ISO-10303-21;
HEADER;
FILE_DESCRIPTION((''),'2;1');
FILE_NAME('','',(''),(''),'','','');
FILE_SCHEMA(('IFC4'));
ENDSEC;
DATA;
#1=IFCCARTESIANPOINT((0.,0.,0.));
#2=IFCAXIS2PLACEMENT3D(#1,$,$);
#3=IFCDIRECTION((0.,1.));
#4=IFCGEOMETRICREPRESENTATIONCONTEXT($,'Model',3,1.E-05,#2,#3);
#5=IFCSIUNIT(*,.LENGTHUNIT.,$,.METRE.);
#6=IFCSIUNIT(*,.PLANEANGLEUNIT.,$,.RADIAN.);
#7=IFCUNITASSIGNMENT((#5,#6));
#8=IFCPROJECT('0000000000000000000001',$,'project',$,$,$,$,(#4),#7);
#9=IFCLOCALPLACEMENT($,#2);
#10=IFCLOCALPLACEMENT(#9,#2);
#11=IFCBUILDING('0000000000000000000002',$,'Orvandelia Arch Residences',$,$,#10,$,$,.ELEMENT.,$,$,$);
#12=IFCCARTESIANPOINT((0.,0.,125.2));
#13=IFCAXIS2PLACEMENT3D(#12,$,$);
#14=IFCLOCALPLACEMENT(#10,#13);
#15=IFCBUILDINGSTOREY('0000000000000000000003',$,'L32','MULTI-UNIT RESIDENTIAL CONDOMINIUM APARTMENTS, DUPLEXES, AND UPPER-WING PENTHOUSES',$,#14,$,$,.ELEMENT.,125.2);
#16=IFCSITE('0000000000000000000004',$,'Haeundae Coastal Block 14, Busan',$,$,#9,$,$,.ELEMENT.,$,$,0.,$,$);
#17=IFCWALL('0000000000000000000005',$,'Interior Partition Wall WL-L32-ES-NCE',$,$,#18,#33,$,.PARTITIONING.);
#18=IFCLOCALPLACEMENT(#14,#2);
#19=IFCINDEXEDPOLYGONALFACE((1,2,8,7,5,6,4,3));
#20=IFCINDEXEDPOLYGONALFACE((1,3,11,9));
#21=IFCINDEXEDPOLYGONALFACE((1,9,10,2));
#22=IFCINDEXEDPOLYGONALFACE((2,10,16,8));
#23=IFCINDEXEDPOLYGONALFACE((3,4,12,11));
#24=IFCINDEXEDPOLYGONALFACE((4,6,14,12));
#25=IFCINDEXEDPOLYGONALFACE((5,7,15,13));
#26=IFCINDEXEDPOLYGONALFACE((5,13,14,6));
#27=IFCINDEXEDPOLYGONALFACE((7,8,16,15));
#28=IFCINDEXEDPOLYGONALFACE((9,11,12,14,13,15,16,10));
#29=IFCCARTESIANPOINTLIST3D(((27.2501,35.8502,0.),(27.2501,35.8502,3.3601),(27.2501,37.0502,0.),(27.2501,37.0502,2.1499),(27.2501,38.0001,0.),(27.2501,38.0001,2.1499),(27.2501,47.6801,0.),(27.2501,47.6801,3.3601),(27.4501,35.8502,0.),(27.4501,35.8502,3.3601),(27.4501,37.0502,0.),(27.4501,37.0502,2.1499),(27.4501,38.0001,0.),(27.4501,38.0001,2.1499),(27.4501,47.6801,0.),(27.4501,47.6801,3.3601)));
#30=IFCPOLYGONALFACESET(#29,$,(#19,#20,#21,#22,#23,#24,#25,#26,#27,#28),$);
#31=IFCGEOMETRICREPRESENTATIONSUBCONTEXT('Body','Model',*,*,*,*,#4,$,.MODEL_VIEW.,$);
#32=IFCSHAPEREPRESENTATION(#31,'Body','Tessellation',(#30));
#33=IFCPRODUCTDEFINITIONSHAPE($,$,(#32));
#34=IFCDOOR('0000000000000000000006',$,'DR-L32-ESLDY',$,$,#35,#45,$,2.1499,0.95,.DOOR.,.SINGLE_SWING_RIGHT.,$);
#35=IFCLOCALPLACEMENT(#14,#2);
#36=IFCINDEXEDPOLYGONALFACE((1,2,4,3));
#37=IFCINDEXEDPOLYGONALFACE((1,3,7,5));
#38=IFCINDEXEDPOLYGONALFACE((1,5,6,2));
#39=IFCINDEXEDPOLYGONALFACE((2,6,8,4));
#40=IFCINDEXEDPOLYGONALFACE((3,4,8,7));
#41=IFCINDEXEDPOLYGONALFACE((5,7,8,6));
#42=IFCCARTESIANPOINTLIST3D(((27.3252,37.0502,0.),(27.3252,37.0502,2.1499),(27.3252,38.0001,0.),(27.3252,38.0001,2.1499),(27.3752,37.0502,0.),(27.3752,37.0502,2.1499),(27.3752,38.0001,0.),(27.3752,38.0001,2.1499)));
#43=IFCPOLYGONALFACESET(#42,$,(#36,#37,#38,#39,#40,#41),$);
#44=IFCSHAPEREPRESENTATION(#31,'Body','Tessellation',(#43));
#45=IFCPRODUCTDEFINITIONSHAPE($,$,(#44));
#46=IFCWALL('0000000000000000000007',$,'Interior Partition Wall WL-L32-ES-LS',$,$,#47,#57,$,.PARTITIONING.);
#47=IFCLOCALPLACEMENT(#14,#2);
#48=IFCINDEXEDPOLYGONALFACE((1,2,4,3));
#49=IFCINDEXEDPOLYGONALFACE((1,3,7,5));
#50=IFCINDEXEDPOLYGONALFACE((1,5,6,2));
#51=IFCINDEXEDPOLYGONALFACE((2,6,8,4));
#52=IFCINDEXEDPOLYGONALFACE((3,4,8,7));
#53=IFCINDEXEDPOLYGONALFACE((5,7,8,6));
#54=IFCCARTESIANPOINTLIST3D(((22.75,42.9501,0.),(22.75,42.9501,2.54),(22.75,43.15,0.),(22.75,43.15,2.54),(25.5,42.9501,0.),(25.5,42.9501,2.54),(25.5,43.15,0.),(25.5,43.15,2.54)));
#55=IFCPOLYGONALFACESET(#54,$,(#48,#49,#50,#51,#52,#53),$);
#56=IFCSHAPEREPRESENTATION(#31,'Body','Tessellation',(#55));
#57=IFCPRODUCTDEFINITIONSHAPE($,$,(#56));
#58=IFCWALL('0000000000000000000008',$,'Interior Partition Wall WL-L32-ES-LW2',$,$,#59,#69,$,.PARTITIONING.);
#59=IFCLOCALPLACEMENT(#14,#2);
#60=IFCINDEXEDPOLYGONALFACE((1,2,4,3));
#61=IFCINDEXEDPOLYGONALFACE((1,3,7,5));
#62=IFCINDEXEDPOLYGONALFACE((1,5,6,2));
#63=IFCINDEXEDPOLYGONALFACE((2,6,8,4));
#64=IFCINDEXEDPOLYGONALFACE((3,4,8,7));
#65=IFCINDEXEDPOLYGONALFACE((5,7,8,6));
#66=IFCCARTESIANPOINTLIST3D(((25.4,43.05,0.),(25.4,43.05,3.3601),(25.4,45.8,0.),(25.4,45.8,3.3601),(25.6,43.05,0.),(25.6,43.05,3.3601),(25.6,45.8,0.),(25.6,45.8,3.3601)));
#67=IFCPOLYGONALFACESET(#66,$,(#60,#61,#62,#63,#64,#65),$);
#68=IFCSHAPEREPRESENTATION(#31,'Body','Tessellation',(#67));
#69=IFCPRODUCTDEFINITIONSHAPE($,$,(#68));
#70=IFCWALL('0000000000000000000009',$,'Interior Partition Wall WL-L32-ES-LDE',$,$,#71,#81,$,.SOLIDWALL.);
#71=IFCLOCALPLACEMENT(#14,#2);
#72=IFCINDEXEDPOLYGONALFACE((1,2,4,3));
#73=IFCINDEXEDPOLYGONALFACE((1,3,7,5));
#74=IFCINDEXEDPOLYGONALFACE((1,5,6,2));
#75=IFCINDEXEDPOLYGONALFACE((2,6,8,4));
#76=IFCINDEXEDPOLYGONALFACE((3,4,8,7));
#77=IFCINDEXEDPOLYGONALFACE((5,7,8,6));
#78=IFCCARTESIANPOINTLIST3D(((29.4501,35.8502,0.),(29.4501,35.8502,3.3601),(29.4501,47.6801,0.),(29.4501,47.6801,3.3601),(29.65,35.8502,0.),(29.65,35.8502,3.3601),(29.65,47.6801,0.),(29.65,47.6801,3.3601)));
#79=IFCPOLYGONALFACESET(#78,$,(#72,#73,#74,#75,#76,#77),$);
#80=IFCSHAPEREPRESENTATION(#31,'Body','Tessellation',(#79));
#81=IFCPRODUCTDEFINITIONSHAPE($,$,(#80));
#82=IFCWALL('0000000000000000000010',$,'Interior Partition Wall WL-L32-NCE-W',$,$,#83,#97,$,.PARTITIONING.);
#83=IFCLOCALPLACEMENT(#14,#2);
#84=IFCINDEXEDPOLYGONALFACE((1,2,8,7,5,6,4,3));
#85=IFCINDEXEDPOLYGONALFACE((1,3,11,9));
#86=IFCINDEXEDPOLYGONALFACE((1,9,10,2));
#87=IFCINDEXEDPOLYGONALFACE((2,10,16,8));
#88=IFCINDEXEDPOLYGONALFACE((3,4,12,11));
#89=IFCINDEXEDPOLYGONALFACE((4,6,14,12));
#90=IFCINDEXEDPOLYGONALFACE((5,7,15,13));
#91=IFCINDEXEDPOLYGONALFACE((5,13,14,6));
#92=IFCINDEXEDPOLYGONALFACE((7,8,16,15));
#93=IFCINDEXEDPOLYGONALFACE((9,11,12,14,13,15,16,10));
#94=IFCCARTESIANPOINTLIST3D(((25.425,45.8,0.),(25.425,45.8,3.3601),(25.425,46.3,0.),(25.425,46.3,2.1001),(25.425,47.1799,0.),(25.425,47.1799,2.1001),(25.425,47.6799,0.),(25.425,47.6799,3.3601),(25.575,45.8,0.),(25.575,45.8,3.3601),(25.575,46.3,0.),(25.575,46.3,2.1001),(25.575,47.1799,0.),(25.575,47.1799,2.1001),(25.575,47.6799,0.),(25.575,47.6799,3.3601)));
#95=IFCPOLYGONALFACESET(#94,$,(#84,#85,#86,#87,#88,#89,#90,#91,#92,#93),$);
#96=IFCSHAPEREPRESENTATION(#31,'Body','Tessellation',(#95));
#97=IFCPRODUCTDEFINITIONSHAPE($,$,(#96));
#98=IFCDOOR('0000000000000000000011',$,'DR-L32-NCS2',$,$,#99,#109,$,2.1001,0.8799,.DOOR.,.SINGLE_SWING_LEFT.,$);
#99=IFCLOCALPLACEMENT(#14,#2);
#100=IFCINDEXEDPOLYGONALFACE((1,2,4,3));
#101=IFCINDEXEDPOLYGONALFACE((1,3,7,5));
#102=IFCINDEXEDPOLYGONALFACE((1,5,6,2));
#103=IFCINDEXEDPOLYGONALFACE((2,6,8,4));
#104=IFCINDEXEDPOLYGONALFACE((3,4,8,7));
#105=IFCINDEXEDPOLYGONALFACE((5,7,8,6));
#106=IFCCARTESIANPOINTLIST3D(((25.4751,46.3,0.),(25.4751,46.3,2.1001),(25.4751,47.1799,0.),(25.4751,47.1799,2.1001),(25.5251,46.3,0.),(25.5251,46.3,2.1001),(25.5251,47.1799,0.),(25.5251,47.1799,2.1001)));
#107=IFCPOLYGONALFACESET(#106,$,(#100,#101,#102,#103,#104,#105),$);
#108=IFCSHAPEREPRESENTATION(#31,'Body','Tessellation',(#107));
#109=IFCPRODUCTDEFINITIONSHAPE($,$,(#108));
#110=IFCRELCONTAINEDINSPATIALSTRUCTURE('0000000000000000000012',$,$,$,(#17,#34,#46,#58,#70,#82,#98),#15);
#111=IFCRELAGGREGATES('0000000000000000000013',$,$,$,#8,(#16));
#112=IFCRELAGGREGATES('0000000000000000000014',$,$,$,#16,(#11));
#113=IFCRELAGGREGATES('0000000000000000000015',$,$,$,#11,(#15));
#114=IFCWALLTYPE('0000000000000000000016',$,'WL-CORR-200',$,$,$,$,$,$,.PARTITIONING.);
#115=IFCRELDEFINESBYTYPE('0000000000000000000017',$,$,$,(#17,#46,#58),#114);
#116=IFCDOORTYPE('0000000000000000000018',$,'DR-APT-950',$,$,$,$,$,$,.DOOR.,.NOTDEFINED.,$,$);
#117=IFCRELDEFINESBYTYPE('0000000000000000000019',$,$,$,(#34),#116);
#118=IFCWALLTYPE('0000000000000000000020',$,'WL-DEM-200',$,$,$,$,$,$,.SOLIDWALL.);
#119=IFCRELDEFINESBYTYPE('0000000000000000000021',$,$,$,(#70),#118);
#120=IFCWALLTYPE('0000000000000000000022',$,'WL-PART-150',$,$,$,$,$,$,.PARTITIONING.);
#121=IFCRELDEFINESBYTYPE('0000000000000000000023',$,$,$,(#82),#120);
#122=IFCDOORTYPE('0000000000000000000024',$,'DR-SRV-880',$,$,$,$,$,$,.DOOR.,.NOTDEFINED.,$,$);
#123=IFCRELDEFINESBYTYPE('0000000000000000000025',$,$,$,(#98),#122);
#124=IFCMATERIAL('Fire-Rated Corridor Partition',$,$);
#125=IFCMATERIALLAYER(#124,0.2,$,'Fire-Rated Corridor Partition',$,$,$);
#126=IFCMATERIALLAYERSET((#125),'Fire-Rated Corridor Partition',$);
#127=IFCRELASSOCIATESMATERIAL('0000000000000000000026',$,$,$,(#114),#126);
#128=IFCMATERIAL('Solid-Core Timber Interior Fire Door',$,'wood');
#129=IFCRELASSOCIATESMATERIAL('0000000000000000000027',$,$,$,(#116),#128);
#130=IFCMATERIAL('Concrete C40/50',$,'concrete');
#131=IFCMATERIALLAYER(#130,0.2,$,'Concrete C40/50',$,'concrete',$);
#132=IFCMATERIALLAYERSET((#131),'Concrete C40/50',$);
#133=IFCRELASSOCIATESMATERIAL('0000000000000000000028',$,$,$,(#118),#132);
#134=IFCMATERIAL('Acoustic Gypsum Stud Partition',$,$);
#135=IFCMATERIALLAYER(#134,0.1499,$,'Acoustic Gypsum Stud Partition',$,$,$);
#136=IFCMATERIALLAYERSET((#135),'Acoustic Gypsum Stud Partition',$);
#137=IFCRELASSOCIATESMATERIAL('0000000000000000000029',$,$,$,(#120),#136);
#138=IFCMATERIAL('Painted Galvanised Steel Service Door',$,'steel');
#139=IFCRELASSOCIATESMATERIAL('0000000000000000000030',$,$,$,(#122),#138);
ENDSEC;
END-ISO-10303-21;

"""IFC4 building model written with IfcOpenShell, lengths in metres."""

from ifc_helpers import new_model, si_unit, direction, frame, frame_2d, origin, place, context, subcontext, project, spatial, rectangle, extrude, material, layer, layer_set, type_object, element, fill, save


model = new_model("IFC4")

# Units and contexts
model_context = context("Model", 3, precision=1e-05, world=origin(), true_north=direction((0.0, 1.0)))
body_context = subcontext(model_context, "Body", "Model", "MODEL_VIEW")
ifc_project = project(units=[si_unit("LENGTHUNIT", "METRE"), si_unit("PLANEANGLEUNIT", "RADIAN")], contexts=[model_context])

# Site, building, storey
site_placement = place(None, origin())
site = spatial("IfcSite", under=ifc_project, at=site_placement, Name="Haeundae Coastal Block 14, Busan", CompositionType="ELEMENT", RefElevation=0.0)
building_placement = place(site_placement, origin())
building = spatial("IfcBuilding", under=site, at=building_placement, Name="Orvandelia Arch Residences", CompositionType="ELEMENT")
storey_placement = place(building_placement, frame((0.0, 0.0, 125.2)))
storey = spatial("IfcBuildingStorey", under=building, at=storey_placement, Name="L32", Description="MULTI-UNIT RESIDENTIAL CONDOMINIUM APARTMENTS, DUPLEXES, AND UPPER-WING PENTHOUSES", CompositionType="ELEMENT", Elevation=125.2)

# Shared definitions
ifc_material_1 = material(Name="Fire-Rated Corridor Partition")
ifc_layer_1 = layer(ifc_material_1, 0.2, Name="Fire-Rated Corridor Partition")
ifc_layer_set_1 = layer_set([ifc_layer_1], Name="Fire-Rated Corridor Partition")
wall_type_1 = type_object("IfcWallType", Name="WL-CORR-200", PredefinedType="PARTITIONING", material=ifc_layer_set_1)

# Wall, opening, door
wall_1_placement = place(storey_placement, frame((27.3501, 35.8501, 0.0), z_axis=(0.0, 0.0, 1.0), x_axis=(0.0, 1.0, 0.0)))
wall_1 = element("IfcWall", 1, at=wall_1_placement, inside=storey, type_object=wall_type_1, Name="Interior Partition Wall WL-L32-ES-NCE", PredefinedType="PARTITIONING", context=body_context, shape_type="SweptSolid", body=[
    extrude(rectangle(XDim=11.8298, YDim=0.2, at=frame_2d((5.915, 0.0))), origin(), (0.0, 0.0, 1.0), 3.3601),
])
opening_1_placement = place(wall_1_placement, frame((1.2, 0.0, 0.0)))
opening_1 = element("IfcOpeningElement", 2, at=opening_1_placement, cuts=wall_1, PredefinedType="OPENING", context=body_context, shape_type="SweptSolid", body=[
    extrude(rectangle(XDim=0.95, YDim=2.1499, at=frame_2d((0.4751, 1.075))), frame((0.0, 0.1099, 0.0), z_axis=(0.0, -1.0, 0.0), x_axis=(1.0, 0.0, 0.0)), (0.0, 0.0, 1.0), 0.22),
])
ifc_material_2 = material(Name="Solid-Core Timber Interior Fire Door", Category="wood")
door_type_1 = type_object("IfcDoorType", Name="DR-APT-950", OperationType="NOTDEFINED", PredefinedType="DOOR", material=ifc_material_2)
door_1_placement = place(opening_1_placement, origin())
door_1 = element("IfcDoor", 3, at=door_1_placement, inside=storey, type_object=door_type_1, Name="DR-L32-ESLDY", OperationType="SINGLE_SWING_RIGHT", OverallHeight=2.1499, OverallWidth=0.95, PredefinedType="DOOR", context=body_context, shape_type="SweptSolid", body=[
    extrude(rectangle(XDim=0.95, YDim=2.1499, at=frame_2d((0.4751, 1.075))), frame((0.0, 0.0249, 0.0), z_axis=(0.0, -1.0, 0.0), x_axis=(1.0, 0.0, 0.0)), (0.0, 0.0, 1.0), 0.05),
])
fill(opening_1, door_1)

# Walls
wall_2_placement = place(storey_placement, frame((22.75, 43.05, 0.0), z_axis=(0.0, 0.0, 1.0), x_axis=(1.0, 0.0, 0.0)))
element("IfcWall", 4, at=wall_2_placement, inside=storey, type_object=wall_type_1, Name="Interior Partition Wall WL-L32-ES-LS", PredefinedType="PARTITIONING", context=body_context, shape_type="SweptSolid", body=[
    extrude(rectangle(XDim=2.75, YDim=0.2, at=frame_2d((1.375, 0.0))), origin(), (0.0, 0.0, 1.0), 2.54),
])
wall_3_placement = place(storey_placement, frame((25.5, 43.05, 0.0), z_axis=(0.0, 0.0, 1.0), x_axis=(0.0, 1.0, 0.0)))
element("IfcWall", 5, at=wall_3_placement, inside=storey, type_object=wall_type_1, Name="Interior Partition Wall WL-L32-ES-LW2", PredefinedType="PARTITIONING", context=body_context, shape_type="SweptSolid", body=[
    extrude(rectangle(XDim=2.75, YDim=0.2, at=frame_2d((1.375, 0.0))), origin(), (0.0, 0.0, 1.0), 3.3601),
])
ifc_material_3 = material(Name="Concrete C40/50", Category="concrete")
ifc_layer_2 = layer(ifc_material_3, 0.2, Name="Concrete C40/50", Category="concrete")
ifc_layer_set_2 = layer_set([ifc_layer_2], Name="Concrete C40/50")
wall_type_2 = type_object("IfcWallType", Name="WL-DEM-200", PredefinedType="SOLIDWALL", material=ifc_layer_set_2)
wall_4_placement = place(storey_placement, frame((29.55, 35.8501, 0.0), z_axis=(0.0, 0.0, 1.0), x_axis=(0.0, 1.0, 0.0)))
element("IfcWall", 6, at=wall_4_placement, inside=storey, type_object=wall_type_2, Name="Interior Partition Wall WL-L32-ES-LDE", PredefinedType="SOLIDWALL", context=body_context, shape_type="SweptSolid", body=[
    extrude(rectangle(XDim=11.8298, YDim=0.2, at=frame_2d((5.915, 0.0))), origin(), (0.0, 0.0, 1.0), 3.3601),
])

# Wall, opening, door
ifc_material_4 = material(Name="Acoustic Gypsum Stud Partition")
ifc_layer_3 = layer(ifc_material_4, 0.1499, Name="Acoustic Gypsum Stud Partition")
ifc_layer_set_3 = layer_set([ifc_layer_3], Name="Acoustic Gypsum Stud Partition")
wall_type_3 = type_object("IfcWallType", Name="WL-PART-150", PredefinedType="PARTITIONING", material=ifc_layer_set_3)
wall_5_placement = place(storey_placement, frame((25.5, 45.8, 0.0), z_axis=(0.0, 0.0, 1.0), x_axis=(0.0, 1.0, 0.0)))
wall_5 = element("IfcWall", 7, at=wall_5_placement, inside=storey, type_object=wall_type_3, Name="Interior Partition Wall WL-L32-NCE-W", PredefinedType="PARTITIONING", context=body_context, shape_type="SweptSolid", body=[
    extrude(rectangle(XDim=1.8799, YDim=0.1499, at=frame_2d((0.9399, 0.0))), origin(), (0.0, 0.0, 1.0), 3.3601),
])
opening_2_placement = place(wall_5_placement, frame((0.5, 0.0, 0.0)))
opening_2 = element("IfcOpeningElement", 8, at=opening_2_placement, cuts=wall_5, PredefinedType="OPENING", context=body_context, shape_type="SweptSolid", body=[
    extrude(rectangle(XDim=0.8799, YDim=2.1001, at=frame_2d((0.4399, 1.05))), frame((0.0, 0.085, 0.0), z_axis=(0.0, -1.0, 0.0), x_axis=(1.0, 0.0, 0.0)), (0.0, 0.0, 1.0), 0.1699),
])
ifc_material_5 = material(Name="Painted Galvanised Steel Service Door", Category="steel")
door_type_2 = type_object("IfcDoorType", Name="DR-SRV-880", OperationType="NOTDEFINED", PredefinedType="DOOR", material=ifc_material_5)
door_2_placement = place(opening_2_placement, origin())
door_2 = element("IfcDoor", 9, at=door_2_placement, inside=storey, type_object=door_type_2, Name="DR-L32-NCS2", OperationType="SINGLE_SWING_LEFT", OverallHeight=2.1001, OverallWidth=0.8799, PredefinedType="DOOR", context=body_context, shape_type="SweptSolid", body=[
    extrude(rectangle(XDim=0.8799, YDim=2.1001, at=frame_2d((0.4399, 1.05))), frame((0.0, 0.0249, 0.0), z_axis=(0.0, -1.0, 0.0), x_axis=(1.0, 0.0, 0.0)), (0.0, 0.0, 1.0), 0.05),
])
fill(opening_2, door_2)

save(model, "model.ifc")
